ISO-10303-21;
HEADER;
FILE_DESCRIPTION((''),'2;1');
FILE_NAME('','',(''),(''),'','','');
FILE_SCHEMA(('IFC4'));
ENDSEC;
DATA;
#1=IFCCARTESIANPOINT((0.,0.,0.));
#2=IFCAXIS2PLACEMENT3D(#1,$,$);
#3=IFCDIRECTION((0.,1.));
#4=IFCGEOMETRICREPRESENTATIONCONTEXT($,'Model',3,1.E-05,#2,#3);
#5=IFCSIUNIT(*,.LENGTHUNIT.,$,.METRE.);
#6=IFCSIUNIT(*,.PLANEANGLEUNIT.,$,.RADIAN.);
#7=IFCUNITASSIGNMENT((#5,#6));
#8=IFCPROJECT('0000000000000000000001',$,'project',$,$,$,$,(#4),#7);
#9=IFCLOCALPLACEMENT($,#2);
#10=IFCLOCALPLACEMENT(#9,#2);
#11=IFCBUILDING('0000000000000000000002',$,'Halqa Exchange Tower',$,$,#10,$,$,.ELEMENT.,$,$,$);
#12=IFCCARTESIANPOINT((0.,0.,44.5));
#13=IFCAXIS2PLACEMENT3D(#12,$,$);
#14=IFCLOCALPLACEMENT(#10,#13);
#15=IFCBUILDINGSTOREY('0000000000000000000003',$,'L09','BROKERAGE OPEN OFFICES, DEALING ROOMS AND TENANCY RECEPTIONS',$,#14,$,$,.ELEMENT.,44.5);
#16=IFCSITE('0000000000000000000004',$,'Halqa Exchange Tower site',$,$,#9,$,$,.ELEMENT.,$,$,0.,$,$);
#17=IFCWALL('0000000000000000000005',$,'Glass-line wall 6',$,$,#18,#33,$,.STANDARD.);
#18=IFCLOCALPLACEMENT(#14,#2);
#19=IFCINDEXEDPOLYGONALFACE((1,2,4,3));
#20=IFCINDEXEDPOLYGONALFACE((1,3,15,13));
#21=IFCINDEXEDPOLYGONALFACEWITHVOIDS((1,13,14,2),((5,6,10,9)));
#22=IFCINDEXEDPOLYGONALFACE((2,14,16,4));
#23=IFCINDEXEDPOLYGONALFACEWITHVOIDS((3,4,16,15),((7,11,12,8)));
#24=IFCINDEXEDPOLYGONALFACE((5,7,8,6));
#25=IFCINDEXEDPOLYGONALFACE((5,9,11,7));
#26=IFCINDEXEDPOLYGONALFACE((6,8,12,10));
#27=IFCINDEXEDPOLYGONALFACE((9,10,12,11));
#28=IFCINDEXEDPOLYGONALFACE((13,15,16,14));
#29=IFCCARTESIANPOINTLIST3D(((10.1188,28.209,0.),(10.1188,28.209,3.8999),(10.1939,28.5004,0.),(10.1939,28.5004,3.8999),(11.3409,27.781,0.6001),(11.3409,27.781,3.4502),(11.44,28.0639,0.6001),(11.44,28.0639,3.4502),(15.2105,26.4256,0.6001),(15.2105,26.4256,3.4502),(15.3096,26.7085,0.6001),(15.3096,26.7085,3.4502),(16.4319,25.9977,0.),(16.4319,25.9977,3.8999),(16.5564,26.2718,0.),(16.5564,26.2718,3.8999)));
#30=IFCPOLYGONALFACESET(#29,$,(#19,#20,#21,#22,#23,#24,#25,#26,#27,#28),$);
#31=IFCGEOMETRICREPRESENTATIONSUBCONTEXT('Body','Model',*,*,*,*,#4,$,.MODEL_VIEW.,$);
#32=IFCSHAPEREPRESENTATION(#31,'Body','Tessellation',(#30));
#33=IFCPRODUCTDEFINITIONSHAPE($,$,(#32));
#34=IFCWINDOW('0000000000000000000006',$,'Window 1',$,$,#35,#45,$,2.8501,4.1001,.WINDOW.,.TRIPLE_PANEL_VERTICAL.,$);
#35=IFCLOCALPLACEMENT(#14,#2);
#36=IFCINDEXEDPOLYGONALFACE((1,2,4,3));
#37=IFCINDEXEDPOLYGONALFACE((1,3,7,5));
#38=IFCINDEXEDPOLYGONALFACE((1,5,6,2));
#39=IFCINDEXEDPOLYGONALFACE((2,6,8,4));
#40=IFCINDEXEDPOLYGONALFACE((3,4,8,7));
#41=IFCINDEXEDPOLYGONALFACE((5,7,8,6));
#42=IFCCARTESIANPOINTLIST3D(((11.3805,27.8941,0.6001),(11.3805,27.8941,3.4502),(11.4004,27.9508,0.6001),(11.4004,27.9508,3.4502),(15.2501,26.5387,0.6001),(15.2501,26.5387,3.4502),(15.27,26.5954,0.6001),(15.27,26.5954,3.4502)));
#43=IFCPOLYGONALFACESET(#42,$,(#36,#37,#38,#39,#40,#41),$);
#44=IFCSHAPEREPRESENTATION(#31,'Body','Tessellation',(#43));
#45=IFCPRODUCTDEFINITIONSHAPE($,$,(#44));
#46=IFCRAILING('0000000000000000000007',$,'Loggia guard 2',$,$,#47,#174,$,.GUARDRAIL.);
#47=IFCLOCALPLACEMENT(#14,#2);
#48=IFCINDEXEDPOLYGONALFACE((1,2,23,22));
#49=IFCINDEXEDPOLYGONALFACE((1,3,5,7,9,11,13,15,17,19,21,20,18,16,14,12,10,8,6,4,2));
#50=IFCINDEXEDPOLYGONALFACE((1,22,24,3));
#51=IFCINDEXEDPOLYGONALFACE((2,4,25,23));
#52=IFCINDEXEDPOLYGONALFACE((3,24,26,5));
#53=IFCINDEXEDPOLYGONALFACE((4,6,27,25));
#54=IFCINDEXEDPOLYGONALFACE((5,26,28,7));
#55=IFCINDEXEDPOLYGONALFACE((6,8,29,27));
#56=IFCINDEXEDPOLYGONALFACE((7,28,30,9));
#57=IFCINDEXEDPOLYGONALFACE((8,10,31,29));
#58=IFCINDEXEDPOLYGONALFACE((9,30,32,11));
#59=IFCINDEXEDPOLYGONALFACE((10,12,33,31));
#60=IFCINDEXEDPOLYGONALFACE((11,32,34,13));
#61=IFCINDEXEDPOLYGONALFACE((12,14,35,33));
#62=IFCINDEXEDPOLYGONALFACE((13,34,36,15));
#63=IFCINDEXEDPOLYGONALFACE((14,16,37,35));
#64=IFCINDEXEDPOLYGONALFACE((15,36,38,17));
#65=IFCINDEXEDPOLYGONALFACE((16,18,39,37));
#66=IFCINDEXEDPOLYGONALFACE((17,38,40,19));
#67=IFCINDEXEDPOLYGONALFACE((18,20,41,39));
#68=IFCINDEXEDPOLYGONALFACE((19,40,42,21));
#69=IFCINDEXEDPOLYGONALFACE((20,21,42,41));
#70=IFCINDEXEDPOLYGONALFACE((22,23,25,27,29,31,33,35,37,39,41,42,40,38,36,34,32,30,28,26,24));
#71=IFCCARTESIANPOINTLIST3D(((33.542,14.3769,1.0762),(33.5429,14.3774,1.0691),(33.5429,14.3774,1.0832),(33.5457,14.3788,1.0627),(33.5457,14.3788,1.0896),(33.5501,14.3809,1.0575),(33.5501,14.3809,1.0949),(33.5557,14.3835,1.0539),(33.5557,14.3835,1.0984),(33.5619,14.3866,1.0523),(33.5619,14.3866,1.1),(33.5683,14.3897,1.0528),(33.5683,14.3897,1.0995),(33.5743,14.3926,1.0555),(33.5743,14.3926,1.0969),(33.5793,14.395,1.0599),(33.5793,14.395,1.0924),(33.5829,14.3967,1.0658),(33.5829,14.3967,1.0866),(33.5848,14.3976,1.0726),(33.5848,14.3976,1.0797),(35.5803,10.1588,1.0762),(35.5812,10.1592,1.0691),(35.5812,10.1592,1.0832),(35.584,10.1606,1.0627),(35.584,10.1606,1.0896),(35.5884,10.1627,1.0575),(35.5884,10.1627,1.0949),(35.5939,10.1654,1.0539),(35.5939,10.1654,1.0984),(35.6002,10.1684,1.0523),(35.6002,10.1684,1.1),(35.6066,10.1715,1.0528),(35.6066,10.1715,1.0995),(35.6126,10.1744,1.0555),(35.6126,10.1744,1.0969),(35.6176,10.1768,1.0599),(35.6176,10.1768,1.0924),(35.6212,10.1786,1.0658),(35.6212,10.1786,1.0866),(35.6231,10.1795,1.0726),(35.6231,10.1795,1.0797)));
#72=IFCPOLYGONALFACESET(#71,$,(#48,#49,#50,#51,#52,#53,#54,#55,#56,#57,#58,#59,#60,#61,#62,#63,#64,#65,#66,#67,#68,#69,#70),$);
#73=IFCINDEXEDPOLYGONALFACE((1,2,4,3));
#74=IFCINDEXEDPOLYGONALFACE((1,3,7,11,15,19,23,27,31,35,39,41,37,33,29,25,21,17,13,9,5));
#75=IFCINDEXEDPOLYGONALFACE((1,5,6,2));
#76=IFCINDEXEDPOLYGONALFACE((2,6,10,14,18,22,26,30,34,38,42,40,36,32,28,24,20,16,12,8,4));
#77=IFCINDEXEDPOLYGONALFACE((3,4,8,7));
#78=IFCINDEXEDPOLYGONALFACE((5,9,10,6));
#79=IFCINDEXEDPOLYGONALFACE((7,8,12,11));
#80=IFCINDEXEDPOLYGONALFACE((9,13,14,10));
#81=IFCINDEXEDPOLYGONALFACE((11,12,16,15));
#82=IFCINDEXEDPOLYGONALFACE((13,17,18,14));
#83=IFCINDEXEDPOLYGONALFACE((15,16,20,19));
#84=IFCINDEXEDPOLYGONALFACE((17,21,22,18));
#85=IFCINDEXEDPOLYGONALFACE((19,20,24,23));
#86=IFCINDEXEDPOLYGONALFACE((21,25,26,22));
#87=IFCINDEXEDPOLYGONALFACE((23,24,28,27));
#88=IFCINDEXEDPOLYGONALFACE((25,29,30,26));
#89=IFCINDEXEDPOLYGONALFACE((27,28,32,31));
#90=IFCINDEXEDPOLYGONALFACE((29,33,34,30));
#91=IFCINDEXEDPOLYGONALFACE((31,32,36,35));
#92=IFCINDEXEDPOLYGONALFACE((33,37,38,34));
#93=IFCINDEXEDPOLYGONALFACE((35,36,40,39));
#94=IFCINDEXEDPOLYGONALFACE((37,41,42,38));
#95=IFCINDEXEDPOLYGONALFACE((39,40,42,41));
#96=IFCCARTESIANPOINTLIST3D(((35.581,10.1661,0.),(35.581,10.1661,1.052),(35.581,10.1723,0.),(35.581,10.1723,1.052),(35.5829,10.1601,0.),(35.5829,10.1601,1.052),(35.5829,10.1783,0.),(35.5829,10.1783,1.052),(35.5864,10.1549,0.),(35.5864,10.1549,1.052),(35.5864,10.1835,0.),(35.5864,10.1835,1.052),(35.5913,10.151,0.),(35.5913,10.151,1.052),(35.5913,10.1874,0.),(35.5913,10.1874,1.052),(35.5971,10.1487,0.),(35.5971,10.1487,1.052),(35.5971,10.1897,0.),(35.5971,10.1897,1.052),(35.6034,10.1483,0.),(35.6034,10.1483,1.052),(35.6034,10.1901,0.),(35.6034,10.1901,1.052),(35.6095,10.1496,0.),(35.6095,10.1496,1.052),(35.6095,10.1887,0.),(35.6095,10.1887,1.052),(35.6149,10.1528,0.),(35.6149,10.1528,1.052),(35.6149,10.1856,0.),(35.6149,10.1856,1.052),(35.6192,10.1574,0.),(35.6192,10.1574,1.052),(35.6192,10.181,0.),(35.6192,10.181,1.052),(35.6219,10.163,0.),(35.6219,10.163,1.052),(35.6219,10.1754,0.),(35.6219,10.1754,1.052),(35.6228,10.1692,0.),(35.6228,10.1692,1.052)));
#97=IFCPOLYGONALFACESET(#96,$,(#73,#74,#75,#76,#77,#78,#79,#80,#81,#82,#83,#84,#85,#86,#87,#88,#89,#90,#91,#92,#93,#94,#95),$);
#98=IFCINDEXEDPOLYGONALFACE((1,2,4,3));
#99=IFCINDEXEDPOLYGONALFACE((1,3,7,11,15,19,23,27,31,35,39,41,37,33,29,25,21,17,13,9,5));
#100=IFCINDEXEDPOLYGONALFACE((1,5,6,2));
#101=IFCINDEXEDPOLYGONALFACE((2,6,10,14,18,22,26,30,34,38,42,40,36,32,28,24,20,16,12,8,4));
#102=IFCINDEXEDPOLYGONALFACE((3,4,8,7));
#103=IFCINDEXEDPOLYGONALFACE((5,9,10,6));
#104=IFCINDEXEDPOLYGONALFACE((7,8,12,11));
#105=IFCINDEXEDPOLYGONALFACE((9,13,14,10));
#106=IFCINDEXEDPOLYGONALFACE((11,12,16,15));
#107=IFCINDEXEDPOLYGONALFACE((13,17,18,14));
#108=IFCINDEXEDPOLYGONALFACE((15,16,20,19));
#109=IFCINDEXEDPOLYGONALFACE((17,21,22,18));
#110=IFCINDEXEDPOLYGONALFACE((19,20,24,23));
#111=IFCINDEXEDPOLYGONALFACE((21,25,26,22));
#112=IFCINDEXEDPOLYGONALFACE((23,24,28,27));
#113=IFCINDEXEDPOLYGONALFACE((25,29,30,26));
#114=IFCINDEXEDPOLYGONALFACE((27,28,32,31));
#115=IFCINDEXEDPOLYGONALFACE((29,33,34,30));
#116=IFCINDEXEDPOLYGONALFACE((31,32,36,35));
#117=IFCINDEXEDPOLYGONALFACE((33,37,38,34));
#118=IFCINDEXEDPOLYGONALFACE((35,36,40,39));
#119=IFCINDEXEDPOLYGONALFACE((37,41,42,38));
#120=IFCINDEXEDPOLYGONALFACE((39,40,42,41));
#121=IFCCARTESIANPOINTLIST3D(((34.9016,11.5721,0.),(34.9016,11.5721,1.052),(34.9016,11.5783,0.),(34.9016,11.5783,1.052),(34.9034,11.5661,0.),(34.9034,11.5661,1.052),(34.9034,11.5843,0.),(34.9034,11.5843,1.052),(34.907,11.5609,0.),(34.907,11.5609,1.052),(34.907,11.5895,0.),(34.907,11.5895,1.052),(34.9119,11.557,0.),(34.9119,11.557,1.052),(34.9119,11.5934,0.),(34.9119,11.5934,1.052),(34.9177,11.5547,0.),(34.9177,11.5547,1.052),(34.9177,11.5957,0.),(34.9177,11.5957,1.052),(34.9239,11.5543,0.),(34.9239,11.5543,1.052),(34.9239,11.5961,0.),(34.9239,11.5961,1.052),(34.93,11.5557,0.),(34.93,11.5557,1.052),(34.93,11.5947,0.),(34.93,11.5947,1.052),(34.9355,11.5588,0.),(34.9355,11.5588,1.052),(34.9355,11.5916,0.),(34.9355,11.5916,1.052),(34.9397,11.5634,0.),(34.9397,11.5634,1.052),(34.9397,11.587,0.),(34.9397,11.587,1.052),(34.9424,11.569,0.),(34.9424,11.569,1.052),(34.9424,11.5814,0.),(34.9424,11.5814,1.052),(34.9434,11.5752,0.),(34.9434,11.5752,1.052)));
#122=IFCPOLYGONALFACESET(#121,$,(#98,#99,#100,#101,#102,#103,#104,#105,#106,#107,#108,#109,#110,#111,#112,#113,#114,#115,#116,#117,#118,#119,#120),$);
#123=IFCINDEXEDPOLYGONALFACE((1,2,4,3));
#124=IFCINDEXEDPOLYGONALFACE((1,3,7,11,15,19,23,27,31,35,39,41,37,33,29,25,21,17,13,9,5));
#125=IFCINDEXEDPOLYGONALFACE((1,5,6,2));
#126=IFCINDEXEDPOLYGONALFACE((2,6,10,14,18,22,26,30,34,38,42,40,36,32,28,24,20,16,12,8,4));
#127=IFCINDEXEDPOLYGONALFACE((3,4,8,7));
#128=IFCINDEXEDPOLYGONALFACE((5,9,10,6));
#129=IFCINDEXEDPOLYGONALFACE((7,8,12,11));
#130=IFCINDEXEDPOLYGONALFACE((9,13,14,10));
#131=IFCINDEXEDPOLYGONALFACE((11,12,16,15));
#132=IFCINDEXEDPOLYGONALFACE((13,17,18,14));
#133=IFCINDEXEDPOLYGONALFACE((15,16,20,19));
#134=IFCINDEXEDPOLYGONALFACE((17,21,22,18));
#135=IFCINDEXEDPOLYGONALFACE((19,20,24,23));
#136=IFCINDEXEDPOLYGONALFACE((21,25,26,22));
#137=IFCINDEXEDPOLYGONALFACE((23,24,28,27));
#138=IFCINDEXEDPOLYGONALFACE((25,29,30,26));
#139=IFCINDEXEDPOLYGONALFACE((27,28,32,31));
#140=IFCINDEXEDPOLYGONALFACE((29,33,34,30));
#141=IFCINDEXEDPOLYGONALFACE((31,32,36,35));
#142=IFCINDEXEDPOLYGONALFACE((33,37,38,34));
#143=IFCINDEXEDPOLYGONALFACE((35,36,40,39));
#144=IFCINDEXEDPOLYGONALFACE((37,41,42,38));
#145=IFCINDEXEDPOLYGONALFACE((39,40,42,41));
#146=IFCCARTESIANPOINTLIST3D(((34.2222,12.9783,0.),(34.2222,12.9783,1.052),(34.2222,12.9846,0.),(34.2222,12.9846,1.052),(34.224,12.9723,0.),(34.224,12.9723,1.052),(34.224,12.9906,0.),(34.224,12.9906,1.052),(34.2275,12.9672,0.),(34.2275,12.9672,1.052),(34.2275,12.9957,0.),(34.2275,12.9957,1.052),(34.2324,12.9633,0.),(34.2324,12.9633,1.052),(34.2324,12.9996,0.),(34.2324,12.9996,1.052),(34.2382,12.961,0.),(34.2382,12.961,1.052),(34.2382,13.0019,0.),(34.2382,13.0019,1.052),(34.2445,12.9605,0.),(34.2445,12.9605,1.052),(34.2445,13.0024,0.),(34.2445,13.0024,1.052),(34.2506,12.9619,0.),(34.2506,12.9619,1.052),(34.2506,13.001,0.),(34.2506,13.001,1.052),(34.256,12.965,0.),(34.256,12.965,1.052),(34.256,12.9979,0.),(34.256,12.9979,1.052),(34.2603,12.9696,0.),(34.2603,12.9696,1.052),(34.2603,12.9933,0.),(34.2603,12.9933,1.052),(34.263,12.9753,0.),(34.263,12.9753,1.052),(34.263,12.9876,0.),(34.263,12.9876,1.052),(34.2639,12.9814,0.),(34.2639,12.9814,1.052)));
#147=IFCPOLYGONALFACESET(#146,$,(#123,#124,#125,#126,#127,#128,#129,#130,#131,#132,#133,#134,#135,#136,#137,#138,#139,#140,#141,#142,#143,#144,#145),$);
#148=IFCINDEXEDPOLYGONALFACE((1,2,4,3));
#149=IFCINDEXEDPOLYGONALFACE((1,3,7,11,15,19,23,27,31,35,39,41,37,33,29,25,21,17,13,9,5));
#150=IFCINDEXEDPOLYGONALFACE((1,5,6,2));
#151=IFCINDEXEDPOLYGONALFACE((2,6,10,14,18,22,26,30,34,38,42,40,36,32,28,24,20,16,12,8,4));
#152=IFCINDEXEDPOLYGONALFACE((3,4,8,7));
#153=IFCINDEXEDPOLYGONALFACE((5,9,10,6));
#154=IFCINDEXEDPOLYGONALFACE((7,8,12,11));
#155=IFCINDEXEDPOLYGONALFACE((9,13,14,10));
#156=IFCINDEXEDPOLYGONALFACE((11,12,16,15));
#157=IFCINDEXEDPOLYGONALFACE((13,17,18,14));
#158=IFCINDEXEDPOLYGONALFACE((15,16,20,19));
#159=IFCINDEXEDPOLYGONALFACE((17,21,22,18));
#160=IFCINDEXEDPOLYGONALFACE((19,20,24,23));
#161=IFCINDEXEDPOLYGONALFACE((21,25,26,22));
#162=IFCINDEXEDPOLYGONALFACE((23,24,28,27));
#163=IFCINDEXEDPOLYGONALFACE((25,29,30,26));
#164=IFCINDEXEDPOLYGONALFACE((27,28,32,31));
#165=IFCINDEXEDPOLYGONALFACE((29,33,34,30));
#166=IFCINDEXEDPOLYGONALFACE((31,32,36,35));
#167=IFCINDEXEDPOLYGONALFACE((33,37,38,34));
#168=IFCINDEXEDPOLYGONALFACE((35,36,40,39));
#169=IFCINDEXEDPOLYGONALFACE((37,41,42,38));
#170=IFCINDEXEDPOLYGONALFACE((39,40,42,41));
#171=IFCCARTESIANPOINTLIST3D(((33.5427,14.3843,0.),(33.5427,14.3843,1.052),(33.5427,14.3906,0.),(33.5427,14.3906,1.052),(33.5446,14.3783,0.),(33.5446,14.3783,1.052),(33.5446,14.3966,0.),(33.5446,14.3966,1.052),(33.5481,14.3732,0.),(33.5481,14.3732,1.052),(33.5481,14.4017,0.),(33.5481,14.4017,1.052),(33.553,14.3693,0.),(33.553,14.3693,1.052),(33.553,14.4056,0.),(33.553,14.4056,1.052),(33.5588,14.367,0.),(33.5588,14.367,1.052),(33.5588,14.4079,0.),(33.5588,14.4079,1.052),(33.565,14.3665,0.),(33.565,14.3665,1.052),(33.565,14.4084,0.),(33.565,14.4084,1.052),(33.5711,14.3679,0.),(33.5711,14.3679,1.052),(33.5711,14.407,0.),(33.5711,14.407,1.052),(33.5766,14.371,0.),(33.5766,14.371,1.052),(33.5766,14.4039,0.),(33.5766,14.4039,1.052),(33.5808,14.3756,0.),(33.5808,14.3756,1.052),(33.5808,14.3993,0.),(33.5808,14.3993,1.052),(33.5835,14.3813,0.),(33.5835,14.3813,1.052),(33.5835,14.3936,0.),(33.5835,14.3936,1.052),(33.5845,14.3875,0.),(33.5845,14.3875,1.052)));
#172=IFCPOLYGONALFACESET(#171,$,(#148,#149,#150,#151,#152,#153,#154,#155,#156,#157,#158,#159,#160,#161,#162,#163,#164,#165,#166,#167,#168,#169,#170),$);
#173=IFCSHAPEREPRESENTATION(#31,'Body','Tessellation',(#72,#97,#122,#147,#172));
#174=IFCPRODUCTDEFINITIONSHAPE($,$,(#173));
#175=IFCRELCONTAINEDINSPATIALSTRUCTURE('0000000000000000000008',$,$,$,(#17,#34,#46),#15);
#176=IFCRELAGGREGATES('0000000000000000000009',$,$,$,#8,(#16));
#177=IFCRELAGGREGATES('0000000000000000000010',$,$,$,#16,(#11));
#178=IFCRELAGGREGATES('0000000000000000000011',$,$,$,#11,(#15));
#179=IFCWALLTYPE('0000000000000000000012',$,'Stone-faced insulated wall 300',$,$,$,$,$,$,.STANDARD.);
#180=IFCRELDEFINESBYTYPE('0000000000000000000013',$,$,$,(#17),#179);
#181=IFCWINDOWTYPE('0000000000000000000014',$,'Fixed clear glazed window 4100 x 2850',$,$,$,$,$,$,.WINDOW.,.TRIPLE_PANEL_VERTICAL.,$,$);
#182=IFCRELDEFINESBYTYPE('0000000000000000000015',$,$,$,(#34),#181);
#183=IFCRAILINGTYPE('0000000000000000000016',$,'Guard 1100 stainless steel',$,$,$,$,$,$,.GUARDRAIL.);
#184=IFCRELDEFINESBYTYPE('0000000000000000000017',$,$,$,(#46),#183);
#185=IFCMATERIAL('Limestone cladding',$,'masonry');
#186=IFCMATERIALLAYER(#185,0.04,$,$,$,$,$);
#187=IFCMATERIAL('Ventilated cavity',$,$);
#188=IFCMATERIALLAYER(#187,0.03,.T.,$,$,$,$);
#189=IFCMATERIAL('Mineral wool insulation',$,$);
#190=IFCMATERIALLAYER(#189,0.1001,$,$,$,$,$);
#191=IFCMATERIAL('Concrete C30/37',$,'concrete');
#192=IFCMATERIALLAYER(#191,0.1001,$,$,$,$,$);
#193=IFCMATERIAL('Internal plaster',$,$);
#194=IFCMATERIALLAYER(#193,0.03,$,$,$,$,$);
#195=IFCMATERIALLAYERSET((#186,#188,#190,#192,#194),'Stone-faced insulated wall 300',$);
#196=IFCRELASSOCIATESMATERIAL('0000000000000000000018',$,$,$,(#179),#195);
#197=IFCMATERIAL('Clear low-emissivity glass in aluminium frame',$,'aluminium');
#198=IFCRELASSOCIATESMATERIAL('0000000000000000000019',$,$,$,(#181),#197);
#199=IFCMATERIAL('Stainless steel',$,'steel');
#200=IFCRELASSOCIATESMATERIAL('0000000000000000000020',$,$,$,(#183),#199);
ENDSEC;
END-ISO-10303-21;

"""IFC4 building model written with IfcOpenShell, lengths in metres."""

from ifc_helpers import new_model, si_unit, direction, frame, frame_2d, origin, origin_2d, place, context, subcontext, project, spatial, polyline, rectangle, circle, outline, extrude, material, layer, layer_set, type_object, element, fill, save


model = new_model("IFC4")

# Units and contexts
model_context = context("Model", 3, precision=1e-05, world=origin(), true_north=direction((0.0, 1.0)))
body_context = subcontext(model_context, "Body", "Model", "MODEL_VIEW")
ifc_project = project(units=[si_unit("LENGTHUNIT", "METRE"), si_unit("PLANEANGLEUNIT", "RADIAN")], contexts=[model_context])

# Site, building, storey
site_placement = place(None, origin())
site = spatial("IfcSite", under=ifc_project, at=site_placement, Name="Halqa Exchange Tower site", CompositionType="ELEMENT", RefElevation=0.0)
building_placement = place(site_placement, origin())
building = spatial("IfcBuilding", under=site, at=building_placement, Name="Halqa Exchange Tower", CompositionType="ELEMENT")
storey_placement = place(building_placement, frame((0.0, 0.0, 44.5)))
storey = spatial("IfcBuildingStorey", under=building, at=storey_placement, Name="L09", Description="BROKERAGE OPEN OFFICES, DEALING ROOMS AND TENANCY RECEPTIONS", CompositionType="ELEMENT", Elevation=44.5)

# Shared definitions
ifc_material_1 = material(Name="Limestone cladding", Category="masonry")
ifc_layer_1 = layer(ifc_material_1, 0.04)
ifc_material_2 = material(Name="Ventilated cavity")
ifc_layer_2 = layer(ifc_material_2, 0.03, ventilated=True)
ifc_material_3 = material(Name="Mineral wool insulation")
ifc_layer_3 = layer(ifc_material_3, 0.1001)
ifc_material_4 = material(Name="Concrete C30/37", Category="concrete")
ifc_layer_4 = layer(ifc_material_4, 0.1001)
ifc_material_5 = material(Name="Internal plaster")
ifc_layer_5 = layer(ifc_material_5, 0.03)
ifc_layer_set_1 = layer_set([ifc_layer_1, ifc_layer_2, ifc_layer_3, ifc_layer_4, ifc_layer_5], Name="Stone-faced insulated wall 300")
wall_type_1 = type_object("IfcWallType", Name="Stone-faced insulated wall 300", PredefinedType="STANDARD", material=ifc_layer_set_1)
ifc_material_6 = material(Name="Clear low-emissivity glass in aluminium frame", Category="aluminium")
window_type = type_object("IfcWindowType", Name="Fixed clear glazed window 4100 x 2850", PartitioningType="TRIPLE_PANEL_VERTICAL", PredefinedType="WINDOW", material=ifc_material_6)

# Wall, opening, window
wall_1_placement = place(storey_placement, frame((16.4941, 26.1348, 0.0), z_axis=(0.0, 0.0, 1.0), x_axis=(-0.943779, 0.330577, 0.0)))
wall_1 = element("IfcWall", 1, at=wall_1_placement, inside=storey, type_object=wall_type_1, Name="Glass-line wall 6", PredefinedType="STANDARD", context=body_context, shape_type="SweptSolid", body=[
    extrude(outline(polyline([(-0.0134, -0.1499), (6.728, -0.1499), (6.7026, 0.1499), (0.0134, 0.1499), (-0.0134, -0.1499)])), origin(), (0.0, 0.0, 1.0), 3.8999),
])
opening_1_placement = place(wall_1_placement, frame((1.3076, 0.0, 0.6001)))
opening_1 = element("IfcOpeningElement", 2, at=opening_1_placement, cuts=wall_1, PredefinedType="OPENING", context=body_context, shape_type="SweptSolid", body=[
    extrude(rectangle(XDim=4.1001, YDim=2.8501, at=frame_2d((2.05, 1.425))), frame((0.0, 0.1621, 0.0), z_axis=(0.0, -1.0, 0.0), x_axis=(1.0, 0.0, 0.0)), (0.0, 0.0, 1.0), 0.324),
])
window_1_placement = place(opening_1_placement, origin())
window_1 = element("IfcWindow", 3, at=window_1_placement, inside=storey, type_object=window_type, Name="Window 1", OverallHeight=2.8501, OverallWidth=4.1001, PartitioningType="TRIPLE_PANEL_VERTICAL", PredefinedType="WINDOW", context=body_context, shape_type="SweptSolid", body=[
    extrude(rectangle(XDim=4.1001, YDim=2.8501, at=frame_2d((2.05, 1.425))), frame((0.0, 0.03, 0.0), z_axis=(0.0, -1.0, 0.0), x_axis=(1.0, 0.0, 0.0)), (0.0, 0.0, 1.0), 0.0601),
])
fill(opening_1, window_1)

# Railing
ifc_material_7 = material(Name="Stainless steel", Category="steel")
railing_type = type_object("IfcRailingType", Name="Guard 1100 stainless steel", PredefinedType="GUARDRAIL", material=ifc_material_7)
railing_1_placement = place(storey_placement, frame((35.6018, 10.1692, 0.0)))
element("IfcRailing", 4, at=railing_1_placement, inside=storey, type_object=railing_type, Name="Loggia guard 2", PredefinedType="GUARDRAIL", context=body_context, shape_type="SweptSolid", body=[
    extrude(circle(Radius=0.0239, at=origin_2d()), frame((0.0, 0.0, 1.0762), z_axis=(-0.435083, 0.90039, 0.0), x_axis=(-0.90039, -0.435083, 0.0)), (0.0, 0.0, 1.0), 4.6848),
    extrude(circle(Radius=0.021, at=origin_2d()), origin(), (0.0, 0.0, 1.0), 1.052),
    extrude(circle(Radius=0.021, at=origin_2d()), frame((-0.6794, 1.406, 0.0)), (0.0, 0.0, 1.0), 1.052),
    extrude(circle(Radius=0.021, at=origin_2d()), frame((-1.3589, 2.8123, 0.0)), (0.0, 0.0, 1.0), 1.052),
    extrude(circle(Radius=0.021, at=origin_2d()), frame((-2.0383, 4.2183, 0.0)), (0.0, 0.0, 1.0), 1.052),
])

save(model, "model.ifc")
